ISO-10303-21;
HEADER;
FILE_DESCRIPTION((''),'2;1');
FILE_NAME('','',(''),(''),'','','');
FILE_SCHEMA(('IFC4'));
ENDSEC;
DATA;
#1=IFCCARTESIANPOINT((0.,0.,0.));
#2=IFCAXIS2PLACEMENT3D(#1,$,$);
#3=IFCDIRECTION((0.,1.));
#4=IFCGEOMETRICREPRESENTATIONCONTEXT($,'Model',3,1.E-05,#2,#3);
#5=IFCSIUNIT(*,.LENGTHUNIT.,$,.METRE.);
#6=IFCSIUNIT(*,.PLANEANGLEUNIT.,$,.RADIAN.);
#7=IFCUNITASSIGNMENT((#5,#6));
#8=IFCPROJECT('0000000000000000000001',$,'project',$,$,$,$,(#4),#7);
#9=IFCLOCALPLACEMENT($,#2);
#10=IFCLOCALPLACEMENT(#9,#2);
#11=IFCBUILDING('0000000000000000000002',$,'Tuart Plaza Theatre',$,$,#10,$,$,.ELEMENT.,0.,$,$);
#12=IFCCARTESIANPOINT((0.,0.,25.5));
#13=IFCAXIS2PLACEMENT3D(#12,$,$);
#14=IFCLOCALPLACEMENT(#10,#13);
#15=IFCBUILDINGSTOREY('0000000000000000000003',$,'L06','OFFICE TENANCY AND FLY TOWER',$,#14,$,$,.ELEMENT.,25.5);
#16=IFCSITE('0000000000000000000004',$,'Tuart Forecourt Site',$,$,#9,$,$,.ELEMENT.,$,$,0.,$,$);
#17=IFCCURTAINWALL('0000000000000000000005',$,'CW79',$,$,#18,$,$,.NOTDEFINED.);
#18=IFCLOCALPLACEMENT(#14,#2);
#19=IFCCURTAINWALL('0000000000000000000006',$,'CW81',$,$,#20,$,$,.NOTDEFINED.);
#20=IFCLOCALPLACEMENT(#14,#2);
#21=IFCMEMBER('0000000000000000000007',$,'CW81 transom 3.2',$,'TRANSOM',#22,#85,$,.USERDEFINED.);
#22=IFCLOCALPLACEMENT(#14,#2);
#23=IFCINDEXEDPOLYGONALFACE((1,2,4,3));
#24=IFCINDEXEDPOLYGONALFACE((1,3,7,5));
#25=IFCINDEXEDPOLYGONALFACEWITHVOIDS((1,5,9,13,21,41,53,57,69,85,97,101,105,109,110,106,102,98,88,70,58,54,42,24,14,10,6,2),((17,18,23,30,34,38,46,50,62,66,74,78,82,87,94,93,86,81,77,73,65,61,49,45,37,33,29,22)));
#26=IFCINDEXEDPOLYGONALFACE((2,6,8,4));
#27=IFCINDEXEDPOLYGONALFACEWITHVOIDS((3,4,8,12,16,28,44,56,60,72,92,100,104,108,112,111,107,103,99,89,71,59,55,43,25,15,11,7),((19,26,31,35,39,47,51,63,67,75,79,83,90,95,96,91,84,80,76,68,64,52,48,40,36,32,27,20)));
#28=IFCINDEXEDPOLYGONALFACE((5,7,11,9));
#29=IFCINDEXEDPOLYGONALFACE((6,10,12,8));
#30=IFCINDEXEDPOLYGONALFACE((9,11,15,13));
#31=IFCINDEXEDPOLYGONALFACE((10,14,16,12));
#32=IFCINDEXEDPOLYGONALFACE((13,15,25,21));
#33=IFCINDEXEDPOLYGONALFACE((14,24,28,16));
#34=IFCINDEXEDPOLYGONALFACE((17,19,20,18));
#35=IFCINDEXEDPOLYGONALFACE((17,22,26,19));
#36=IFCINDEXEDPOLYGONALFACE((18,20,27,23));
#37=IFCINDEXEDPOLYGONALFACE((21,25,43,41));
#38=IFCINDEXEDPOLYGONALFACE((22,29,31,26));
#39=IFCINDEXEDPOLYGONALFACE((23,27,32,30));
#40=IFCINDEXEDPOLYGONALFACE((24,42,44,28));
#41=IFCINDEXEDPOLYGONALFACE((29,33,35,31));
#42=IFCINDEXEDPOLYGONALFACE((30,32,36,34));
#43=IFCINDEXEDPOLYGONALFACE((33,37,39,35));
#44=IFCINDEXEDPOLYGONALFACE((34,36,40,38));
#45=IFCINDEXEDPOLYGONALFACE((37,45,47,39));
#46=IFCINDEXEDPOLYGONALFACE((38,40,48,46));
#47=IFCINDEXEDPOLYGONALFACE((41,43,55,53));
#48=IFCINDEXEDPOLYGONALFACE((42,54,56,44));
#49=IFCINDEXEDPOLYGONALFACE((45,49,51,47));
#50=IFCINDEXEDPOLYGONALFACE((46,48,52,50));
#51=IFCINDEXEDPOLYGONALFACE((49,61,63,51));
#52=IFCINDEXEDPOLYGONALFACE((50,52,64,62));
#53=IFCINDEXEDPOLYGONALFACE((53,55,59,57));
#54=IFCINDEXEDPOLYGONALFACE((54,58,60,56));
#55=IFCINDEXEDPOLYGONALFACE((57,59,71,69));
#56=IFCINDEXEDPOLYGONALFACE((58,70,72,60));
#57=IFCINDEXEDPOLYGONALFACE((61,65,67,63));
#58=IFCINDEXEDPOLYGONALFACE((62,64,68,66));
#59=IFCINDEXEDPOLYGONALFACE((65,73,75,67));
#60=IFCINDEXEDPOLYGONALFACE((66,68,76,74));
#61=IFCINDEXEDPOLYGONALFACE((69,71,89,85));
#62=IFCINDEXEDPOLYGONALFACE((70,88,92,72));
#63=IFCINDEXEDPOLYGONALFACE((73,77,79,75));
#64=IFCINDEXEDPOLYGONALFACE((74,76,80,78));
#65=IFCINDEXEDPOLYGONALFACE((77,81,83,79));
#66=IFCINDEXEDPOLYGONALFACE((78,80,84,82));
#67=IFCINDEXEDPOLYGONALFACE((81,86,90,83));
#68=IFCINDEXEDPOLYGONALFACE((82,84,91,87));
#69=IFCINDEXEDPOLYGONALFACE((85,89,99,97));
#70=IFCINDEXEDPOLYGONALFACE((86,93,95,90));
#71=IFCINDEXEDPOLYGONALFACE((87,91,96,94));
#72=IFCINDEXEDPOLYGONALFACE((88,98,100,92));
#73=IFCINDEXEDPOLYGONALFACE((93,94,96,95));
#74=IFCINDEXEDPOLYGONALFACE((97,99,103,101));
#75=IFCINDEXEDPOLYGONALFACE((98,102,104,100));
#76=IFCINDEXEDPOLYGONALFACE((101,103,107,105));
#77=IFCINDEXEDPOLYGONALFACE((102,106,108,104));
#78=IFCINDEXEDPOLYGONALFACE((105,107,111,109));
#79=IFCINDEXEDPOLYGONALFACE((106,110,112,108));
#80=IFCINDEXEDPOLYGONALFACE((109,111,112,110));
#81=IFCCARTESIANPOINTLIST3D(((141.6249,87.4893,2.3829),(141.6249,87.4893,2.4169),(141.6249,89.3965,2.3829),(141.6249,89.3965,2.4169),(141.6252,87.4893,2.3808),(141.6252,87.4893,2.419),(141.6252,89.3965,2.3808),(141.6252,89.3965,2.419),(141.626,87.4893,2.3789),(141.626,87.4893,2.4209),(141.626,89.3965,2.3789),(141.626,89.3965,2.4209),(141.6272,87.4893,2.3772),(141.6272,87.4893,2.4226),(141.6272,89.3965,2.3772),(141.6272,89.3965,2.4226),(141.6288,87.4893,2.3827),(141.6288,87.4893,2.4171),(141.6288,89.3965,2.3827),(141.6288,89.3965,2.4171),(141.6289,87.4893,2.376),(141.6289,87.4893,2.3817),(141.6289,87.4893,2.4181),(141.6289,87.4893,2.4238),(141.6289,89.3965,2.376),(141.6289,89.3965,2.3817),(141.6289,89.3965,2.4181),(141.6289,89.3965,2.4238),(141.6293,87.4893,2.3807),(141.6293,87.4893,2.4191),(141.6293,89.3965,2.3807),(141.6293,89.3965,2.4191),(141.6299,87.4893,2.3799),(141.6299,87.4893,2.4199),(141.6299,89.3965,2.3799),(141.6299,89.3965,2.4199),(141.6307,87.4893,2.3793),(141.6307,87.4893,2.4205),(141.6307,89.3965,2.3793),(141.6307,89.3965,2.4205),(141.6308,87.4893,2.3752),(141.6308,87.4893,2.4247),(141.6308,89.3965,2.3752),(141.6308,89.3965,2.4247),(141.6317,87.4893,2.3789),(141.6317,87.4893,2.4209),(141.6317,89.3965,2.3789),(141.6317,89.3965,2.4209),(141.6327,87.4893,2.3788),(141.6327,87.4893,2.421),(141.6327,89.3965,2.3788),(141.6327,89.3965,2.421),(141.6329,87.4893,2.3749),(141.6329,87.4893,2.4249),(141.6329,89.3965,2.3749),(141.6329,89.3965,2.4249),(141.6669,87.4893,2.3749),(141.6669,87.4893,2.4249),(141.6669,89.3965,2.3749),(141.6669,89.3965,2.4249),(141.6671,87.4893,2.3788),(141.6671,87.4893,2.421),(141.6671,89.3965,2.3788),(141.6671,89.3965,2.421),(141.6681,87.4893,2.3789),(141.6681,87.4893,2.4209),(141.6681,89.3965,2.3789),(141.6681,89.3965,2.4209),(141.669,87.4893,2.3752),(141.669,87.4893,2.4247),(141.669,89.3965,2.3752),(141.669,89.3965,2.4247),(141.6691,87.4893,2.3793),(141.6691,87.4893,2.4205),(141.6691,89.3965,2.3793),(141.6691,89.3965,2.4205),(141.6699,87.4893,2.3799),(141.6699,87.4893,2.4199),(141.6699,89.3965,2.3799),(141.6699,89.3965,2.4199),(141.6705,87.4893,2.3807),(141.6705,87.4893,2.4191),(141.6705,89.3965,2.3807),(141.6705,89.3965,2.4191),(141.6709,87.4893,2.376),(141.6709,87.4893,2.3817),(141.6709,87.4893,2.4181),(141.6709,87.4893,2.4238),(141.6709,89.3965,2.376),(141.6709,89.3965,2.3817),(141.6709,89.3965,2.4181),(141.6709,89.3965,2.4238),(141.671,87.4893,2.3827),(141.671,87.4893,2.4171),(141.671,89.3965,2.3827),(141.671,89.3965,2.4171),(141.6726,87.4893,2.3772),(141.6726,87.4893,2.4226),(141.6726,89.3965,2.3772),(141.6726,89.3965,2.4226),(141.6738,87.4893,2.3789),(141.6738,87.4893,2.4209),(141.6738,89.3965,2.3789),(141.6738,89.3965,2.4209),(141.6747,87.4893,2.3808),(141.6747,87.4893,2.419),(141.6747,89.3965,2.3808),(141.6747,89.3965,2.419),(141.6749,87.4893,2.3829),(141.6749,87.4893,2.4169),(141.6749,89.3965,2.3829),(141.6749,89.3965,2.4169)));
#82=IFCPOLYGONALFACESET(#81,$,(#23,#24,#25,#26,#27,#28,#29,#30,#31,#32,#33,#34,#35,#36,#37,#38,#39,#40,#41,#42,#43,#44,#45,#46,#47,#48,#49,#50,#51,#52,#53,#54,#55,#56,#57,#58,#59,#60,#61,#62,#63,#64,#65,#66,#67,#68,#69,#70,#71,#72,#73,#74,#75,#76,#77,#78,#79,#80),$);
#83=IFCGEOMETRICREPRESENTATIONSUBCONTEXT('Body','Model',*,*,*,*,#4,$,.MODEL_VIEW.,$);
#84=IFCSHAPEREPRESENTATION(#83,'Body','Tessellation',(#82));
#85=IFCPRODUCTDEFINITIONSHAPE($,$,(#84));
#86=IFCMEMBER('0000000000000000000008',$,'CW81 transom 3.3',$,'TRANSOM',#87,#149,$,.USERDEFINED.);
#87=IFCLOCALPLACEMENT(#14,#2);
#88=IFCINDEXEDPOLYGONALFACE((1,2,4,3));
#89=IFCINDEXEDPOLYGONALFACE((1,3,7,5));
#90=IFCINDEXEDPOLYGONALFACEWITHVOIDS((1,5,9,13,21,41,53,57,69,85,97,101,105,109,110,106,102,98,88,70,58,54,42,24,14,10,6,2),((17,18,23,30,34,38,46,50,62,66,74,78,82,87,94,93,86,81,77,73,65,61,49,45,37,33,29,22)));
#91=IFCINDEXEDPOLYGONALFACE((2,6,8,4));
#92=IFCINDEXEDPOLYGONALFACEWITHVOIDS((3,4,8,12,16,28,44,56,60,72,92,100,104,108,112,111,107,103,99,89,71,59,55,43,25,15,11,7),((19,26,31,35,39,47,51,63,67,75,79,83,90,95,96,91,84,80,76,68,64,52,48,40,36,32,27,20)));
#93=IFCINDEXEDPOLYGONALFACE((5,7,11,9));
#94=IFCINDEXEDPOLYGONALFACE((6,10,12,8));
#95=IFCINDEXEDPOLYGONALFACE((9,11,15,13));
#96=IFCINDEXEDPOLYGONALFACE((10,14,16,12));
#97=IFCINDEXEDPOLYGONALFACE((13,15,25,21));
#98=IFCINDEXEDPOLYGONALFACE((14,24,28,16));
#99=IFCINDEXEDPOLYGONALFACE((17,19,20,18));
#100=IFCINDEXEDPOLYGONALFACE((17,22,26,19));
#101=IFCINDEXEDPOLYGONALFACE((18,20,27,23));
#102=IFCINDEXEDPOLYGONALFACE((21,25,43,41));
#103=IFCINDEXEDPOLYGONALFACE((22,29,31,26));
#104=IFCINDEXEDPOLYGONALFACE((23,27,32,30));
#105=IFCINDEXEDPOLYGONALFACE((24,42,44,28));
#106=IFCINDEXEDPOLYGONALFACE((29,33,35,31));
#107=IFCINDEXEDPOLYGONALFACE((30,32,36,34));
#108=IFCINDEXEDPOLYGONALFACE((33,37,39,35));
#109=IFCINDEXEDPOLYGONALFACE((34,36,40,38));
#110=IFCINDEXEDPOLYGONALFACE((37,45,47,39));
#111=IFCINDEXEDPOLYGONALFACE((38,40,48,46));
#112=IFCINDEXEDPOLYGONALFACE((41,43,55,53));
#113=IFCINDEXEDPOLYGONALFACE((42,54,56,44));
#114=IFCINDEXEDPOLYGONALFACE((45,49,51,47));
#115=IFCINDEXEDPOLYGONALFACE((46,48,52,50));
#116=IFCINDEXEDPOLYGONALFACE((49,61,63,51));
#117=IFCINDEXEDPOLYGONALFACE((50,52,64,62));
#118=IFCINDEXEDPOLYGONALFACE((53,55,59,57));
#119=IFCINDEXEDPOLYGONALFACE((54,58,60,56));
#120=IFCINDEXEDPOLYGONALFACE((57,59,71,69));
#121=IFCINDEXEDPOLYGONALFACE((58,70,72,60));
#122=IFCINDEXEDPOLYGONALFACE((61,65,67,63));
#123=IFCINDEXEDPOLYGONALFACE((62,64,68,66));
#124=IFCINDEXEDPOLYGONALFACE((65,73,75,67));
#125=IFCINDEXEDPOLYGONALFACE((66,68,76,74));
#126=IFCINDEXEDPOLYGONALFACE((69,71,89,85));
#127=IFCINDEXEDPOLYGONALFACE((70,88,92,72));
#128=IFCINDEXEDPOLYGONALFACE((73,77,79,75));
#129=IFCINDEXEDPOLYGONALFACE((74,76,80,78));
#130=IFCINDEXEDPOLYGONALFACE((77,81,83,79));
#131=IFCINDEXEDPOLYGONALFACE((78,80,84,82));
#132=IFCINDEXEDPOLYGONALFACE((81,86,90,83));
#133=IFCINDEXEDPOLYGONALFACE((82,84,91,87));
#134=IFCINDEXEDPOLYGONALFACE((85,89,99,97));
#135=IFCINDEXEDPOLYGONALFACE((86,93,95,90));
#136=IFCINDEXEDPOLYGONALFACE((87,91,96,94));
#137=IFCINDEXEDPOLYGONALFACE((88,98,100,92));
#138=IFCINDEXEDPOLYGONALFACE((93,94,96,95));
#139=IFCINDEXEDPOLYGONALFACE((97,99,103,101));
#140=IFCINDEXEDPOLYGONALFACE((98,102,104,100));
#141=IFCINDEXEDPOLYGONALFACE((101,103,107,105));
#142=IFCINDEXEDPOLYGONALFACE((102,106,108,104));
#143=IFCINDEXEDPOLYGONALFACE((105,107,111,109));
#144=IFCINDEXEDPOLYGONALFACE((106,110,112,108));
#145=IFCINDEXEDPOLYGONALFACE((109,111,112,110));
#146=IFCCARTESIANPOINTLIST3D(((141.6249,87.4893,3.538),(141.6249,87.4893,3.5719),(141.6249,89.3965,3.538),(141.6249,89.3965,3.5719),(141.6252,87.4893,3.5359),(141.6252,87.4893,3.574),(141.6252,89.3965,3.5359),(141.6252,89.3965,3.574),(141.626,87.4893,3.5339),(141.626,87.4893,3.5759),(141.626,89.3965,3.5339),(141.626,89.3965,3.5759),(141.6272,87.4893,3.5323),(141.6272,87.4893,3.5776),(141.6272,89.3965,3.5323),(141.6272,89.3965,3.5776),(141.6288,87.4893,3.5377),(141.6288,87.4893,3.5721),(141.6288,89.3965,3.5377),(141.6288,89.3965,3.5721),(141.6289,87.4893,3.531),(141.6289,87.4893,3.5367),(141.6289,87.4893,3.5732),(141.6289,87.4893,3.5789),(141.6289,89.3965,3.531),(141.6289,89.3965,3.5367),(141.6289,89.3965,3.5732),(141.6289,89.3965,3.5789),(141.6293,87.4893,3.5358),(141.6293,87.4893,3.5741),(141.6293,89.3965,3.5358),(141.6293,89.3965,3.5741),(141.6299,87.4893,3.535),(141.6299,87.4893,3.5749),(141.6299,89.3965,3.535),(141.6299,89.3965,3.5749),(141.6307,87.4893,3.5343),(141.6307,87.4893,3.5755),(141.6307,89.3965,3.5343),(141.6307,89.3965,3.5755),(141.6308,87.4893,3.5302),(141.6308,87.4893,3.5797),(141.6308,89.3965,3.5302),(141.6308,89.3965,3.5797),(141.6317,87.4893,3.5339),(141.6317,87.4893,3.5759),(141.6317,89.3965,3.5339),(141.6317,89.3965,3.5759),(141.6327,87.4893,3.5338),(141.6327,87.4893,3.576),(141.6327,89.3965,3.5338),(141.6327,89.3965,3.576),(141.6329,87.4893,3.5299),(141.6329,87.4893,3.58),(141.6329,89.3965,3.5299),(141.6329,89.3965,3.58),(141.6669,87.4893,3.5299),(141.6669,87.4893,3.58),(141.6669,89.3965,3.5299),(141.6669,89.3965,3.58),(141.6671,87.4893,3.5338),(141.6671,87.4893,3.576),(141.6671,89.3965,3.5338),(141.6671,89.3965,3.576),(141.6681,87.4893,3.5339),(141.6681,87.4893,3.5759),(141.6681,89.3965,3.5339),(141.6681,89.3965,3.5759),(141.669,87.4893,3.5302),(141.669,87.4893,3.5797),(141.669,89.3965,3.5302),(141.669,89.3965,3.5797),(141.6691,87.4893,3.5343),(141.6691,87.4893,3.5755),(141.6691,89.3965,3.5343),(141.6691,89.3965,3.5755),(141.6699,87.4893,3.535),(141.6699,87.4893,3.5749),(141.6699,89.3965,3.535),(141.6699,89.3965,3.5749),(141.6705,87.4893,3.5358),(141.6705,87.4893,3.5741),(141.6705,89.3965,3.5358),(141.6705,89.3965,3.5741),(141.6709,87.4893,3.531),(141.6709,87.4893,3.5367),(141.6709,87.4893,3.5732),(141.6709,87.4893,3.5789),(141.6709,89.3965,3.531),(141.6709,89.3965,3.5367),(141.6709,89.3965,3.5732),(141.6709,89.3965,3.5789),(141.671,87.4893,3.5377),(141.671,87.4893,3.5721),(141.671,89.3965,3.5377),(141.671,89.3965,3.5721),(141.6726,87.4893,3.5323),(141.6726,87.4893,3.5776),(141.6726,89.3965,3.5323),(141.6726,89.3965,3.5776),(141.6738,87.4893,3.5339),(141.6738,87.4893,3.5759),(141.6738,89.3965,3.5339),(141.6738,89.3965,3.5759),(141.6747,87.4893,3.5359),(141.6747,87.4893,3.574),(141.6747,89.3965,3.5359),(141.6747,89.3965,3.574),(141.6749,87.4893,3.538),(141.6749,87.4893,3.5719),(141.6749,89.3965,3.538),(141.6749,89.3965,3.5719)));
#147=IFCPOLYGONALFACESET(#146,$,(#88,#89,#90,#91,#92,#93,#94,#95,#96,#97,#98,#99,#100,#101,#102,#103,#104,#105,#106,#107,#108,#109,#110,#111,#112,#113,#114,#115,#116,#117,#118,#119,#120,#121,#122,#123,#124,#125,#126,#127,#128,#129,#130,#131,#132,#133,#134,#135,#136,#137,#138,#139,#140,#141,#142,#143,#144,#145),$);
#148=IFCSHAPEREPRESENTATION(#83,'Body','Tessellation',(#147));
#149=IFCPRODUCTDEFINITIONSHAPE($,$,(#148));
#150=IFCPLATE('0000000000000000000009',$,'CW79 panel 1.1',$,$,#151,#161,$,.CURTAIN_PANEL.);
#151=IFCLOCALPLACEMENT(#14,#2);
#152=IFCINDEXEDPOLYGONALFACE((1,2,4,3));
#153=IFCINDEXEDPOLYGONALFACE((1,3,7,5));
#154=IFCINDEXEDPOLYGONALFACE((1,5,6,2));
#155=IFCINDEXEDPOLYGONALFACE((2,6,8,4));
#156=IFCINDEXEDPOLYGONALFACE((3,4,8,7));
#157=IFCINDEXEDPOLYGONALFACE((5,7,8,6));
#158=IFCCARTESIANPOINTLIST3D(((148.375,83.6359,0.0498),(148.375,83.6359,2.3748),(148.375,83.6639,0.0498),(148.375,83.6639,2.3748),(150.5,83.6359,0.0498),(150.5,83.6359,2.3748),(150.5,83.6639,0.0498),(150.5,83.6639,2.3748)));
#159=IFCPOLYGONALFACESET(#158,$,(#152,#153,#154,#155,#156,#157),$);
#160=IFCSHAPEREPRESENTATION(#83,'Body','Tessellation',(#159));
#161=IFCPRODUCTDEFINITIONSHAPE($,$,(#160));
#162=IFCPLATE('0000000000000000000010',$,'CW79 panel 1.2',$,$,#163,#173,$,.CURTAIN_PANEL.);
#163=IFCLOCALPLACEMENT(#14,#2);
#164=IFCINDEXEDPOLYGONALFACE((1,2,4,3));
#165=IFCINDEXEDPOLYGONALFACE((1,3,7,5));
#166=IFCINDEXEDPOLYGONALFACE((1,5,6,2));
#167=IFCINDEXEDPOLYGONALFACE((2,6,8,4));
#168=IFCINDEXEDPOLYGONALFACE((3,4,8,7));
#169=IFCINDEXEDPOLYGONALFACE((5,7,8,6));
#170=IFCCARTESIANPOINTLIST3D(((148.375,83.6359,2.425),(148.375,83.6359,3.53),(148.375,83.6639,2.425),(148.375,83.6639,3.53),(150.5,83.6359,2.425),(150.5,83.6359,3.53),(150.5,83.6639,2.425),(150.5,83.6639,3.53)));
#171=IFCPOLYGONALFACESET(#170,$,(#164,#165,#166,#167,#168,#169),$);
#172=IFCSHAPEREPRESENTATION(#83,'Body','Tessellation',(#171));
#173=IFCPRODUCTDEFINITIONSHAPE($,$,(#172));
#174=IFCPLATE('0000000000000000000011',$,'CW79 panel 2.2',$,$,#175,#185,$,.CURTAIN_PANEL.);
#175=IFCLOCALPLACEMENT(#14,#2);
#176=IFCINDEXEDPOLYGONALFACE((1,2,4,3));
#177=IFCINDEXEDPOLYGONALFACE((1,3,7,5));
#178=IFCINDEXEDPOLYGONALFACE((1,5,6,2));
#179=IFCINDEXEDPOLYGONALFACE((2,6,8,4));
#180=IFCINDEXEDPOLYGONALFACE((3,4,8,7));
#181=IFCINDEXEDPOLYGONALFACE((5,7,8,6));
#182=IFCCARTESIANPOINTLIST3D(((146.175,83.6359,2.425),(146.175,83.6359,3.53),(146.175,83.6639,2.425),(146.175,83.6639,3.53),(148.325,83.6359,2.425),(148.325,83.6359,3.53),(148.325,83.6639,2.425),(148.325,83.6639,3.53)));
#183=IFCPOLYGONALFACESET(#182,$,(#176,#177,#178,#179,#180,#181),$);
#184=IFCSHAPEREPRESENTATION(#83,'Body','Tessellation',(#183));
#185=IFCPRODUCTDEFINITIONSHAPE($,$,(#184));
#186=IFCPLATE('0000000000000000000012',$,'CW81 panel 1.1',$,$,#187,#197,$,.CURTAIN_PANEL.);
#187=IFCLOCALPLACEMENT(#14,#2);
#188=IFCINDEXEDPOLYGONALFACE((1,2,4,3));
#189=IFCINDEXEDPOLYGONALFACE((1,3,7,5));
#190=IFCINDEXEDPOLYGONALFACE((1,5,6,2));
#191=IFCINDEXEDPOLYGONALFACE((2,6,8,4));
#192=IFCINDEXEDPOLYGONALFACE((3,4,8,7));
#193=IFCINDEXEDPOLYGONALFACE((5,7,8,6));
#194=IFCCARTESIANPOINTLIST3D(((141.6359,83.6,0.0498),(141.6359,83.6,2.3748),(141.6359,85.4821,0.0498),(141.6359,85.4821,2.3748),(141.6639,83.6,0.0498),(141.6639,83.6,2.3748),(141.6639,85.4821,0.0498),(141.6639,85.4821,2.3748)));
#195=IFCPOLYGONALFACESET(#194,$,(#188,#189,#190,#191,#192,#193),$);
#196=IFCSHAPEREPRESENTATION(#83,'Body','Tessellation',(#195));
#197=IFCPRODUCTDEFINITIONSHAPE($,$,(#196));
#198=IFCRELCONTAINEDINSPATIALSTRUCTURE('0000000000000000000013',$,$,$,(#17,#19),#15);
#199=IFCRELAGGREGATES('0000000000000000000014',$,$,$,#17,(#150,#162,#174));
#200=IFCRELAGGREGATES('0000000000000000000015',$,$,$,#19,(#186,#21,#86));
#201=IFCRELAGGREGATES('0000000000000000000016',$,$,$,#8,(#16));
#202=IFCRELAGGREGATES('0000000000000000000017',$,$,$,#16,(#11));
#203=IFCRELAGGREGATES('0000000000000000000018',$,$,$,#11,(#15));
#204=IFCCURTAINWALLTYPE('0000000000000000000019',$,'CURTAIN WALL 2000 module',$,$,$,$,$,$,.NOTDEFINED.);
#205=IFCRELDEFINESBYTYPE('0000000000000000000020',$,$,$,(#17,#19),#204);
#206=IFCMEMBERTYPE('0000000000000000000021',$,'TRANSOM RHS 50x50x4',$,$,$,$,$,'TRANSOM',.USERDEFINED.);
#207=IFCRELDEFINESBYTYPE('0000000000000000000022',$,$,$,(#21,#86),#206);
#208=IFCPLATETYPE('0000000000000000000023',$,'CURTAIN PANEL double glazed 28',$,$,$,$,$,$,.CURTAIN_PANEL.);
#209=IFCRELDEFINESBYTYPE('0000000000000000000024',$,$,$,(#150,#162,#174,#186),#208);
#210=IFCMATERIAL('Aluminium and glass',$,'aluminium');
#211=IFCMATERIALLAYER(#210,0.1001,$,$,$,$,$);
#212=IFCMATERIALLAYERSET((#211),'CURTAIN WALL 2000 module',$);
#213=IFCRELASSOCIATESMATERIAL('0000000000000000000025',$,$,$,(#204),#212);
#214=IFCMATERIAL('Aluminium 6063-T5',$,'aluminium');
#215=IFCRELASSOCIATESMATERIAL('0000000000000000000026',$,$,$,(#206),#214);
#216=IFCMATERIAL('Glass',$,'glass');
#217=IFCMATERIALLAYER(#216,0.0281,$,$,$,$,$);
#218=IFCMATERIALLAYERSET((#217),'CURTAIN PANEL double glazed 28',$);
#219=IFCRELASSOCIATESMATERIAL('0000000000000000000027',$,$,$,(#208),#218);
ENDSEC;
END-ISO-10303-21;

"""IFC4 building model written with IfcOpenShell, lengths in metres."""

from ifc_helpers import new_model, si_unit, direction, frame, origin, origin_2d, place, context, subcontext, project, spatial, rectangle, hollow_rectangle, extrude, material, layer, layer_set, material_profile, profile_set, type_object, element, aggregate, save


model = new_model("IFC4")

# Units and contexts
model_context = context("Model", 3, precision=1e-05, world=origin(), true_north=direction((0.0, 1.0)))
body_context = subcontext(model_context, "Body", "Model", "MODEL_VIEW")
ifc_project = project(units=[si_unit("LENGTHUNIT", "METRE"), si_unit("PLANEANGLEUNIT", "RADIAN")], contexts=[model_context])

# Site, building, storey
site_placement = place(None, origin())
site = spatial("IfcSite", under=ifc_project, at=site_placement, Name="Tuart Forecourt Site", CompositionType="ELEMENT", RefElevation=0.0)
building_placement = place(site_placement, origin())
building = spatial("IfcBuilding", under=site, at=building_placement, Name="Tuart Plaza Theatre", CompositionType="ELEMENT", ElevationOfRefHeight=0.0)
storey_placement = place(building_placement, frame((0.0, 0.0, 25.5)))
storey = spatial("IfcBuildingStorey", under=building, at=storey_placement, Name="L06", Description="OFFICE TENANCY AND FLY TOWER", CompositionType="ELEMENT", Elevation=25.5)

# Shared definitions
ifc_material_1 = material(Name="Aluminium and glass", Category="aluminium")
ifc_layer_1 = layer(ifc_material_1, 0.1001)
ifc_layer_set_1 = layer_set([ifc_layer_1], Name="CURTAIN WALL 2000 module")
curtain_wall_type = type_object("IfcCurtainWallType", Name="CURTAIN WALL 2000 module", PredefinedType="NOTDEFINED", material=ifc_layer_set_1)

# Curtain walls
curtain_wall_1_placement = place(storey_placement, origin())
curtain_wall_1 = element("IfcCurtainWall", 1, at=curtain_wall_1_placement, inside=storey, type_object=curtain_wall_type, Name="CW79", PredefinedType="NOTDEFINED")
curtain_wall_2_placement = place(storey_placement, origin())
curtain_wall_2 = element("IfcCurtainWall", 2, at=curtain_wall_2_placement, inside=storey, type_object=curtain_wall_type, Name="CW81", PredefinedType="NOTDEFINED")

# Members
ifc_material_2 = material(Name="Aluminium 6063-T5", Category="aluminium")
ifc_material_profile_1 = material_profile(ifc_material_2, hollow_rectangle(XDim=0.05, YDim=0.05, WallThickness=0.0039, InnerFilletRadius=0.0039, OuterFilletRadius=0.0081, at=origin_2d()), Name="RHS 50x50x4")
ifc_profile_set_1 = profile_set([ifc_material_profile_1], Name="Aluminium 6063-T5")
member_type_1 = type_object("IfcMemberType", Name="TRANSOM RHS 50x50x4", ElementType="TRANSOM", PredefinedType="USERDEFINED", material=ifc_profile_set_1)
member_1_placement = place(storey_placement, frame((141.6499, 87.4893, 2.3999), z_axis=(0.0, 1.0, 0.0), x_axis=(-1.0, 0.0, 0.0)))
member_1 = element("IfcMember", 3, at=member_1_placement, type_object=member_type_1, Name="CW81 transom 3.2", ObjectType="TRANSOM", PredefinedType="USERDEFINED", context=body_context, shape_type="SweptSolid", body=[
    extrude(hollow_rectangle(XDim=0.05, YDim=0.05, WallThickness=0.0039, InnerFilletRadius=0.0039, OuterFilletRadius=0.0081, at=origin_2d()), origin(), (0.0, 0.0, 1.0), 1.9072),
])
member_2_placement = place(storey_placement, frame((141.6499, 87.4893, 3.5549), z_axis=(0.0, 1.0, 0.0), x_axis=(-1.0, 0.0, 0.0)))
member_2 = element("IfcMember", 4, at=member_2_placement, type_object=member_type_1, Name="CW81 transom 3.3", ObjectType="TRANSOM", PredefinedType="USERDEFINED", context=body_context, shape_type="SweptSolid", body=[
    extrude(hollow_rectangle(XDim=0.05, YDim=0.05, WallThickness=0.0039, InnerFilletRadius=0.0039, OuterFilletRadius=0.0081, at=origin_2d()), origin(), (0.0, 0.0, 1.0), 1.9072),
])

# Plates
ifc_material_3 = material(Name="Glass", Category="glass")
ifc_layer_2 = layer(ifc_material_3, 0.0281)
ifc_layer_set_2 = layer_set([ifc_layer_2], Name="CURTAIN PANEL double glazed 28")
plate_type = type_object("IfcPlateType", Name="CURTAIN PANEL double glazed 28", PredefinedType="CURTAIN_PANEL", material=ifc_layer_set_2)
plate_1_placement = place(storey_placement, frame((149.4375, 83.6499, 0.0498), z_axis=(0.0, 0.0, 1.0), x_axis=(-1.0, 0.0, 0.0)))
plate_1 = element("IfcPlate", 5, at=plate_1_placement, type_object=plate_type, Name="CW79 panel 1.1", PredefinedType="CURTAIN_PANEL", context=body_context, shape_type="SweptSolid", body=[
    extrude(rectangle(XDim=2.125, YDim=0.0281, at=origin_2d()), origin(), (0.0, 0.0, 1.0), 2.325),
])
plate_2_placement = place(storey_placement, frame((149.4375, 83.6499, 2.425), z_axis=(0.0, 0.0, 1.0), x_axis=(-1.0, 0.0, 0.0)))
plate_2 = element("IfcPlate", 6, at=plate_2_placement, type_object=plate_type, Name="CW79 panel 1.2", PredefinedType="CURTAIN_PANEL", context=body_context, shape_type="SweptSolid", body=[
    extrude(rectangle(XDim=2.125, YDim=0.0281, at=origin_2d()), origin(), (0.0, 0.0, 1.0), 1.105),
])
plate_3_placement = place(storey_placement, frame((147.25, 83.6499, 2.425), z_axis=(0.0, 0.0, 1.0), x_axis=(-1.0, 0.0, 0.0)))
plate_3 = element("IfcPlate", 7, at=plate_3_placement, type_object=plate_type, Name="CW79 panel 2.2", PredefinedType="CURTAIN_PANEL", context=body_context, shape_type="SweptSolid", body=[
    extrude(rectangle(XDim=2.1499, YDim=0.0281, at=origin_2d()), origin(), (0.0, 0.0, 1.0), 1.105),
])
aggregate(curtain_wall_1, [plate_1, plate_2, plate_3])
plate_4_placement = place(storey_placement, frame((141.6499, 84.541, 0.0498), z_axis=(0.0, 0.0, 1.0), x_axis=(0.0, 1.0, 0.0)))
plate_4 = element("IfcPlate", 8, at=plate_4_placement, type_object=plate_type, Name="CW81 panel 1.1", PredefinedType="CURTAIN_PANEL", context=body_context, shape_type="SweptSolid", body=[
    extrude(rectangle(XDim=1.8821, YDim=0.0281, at=origin_2d()), origin(), (0.0, 0.0, 1.0), 2.325),
])
aggregate(curtain_wall_2, [plate_4, member_1, member_2])

save(model, "model.ifc")
